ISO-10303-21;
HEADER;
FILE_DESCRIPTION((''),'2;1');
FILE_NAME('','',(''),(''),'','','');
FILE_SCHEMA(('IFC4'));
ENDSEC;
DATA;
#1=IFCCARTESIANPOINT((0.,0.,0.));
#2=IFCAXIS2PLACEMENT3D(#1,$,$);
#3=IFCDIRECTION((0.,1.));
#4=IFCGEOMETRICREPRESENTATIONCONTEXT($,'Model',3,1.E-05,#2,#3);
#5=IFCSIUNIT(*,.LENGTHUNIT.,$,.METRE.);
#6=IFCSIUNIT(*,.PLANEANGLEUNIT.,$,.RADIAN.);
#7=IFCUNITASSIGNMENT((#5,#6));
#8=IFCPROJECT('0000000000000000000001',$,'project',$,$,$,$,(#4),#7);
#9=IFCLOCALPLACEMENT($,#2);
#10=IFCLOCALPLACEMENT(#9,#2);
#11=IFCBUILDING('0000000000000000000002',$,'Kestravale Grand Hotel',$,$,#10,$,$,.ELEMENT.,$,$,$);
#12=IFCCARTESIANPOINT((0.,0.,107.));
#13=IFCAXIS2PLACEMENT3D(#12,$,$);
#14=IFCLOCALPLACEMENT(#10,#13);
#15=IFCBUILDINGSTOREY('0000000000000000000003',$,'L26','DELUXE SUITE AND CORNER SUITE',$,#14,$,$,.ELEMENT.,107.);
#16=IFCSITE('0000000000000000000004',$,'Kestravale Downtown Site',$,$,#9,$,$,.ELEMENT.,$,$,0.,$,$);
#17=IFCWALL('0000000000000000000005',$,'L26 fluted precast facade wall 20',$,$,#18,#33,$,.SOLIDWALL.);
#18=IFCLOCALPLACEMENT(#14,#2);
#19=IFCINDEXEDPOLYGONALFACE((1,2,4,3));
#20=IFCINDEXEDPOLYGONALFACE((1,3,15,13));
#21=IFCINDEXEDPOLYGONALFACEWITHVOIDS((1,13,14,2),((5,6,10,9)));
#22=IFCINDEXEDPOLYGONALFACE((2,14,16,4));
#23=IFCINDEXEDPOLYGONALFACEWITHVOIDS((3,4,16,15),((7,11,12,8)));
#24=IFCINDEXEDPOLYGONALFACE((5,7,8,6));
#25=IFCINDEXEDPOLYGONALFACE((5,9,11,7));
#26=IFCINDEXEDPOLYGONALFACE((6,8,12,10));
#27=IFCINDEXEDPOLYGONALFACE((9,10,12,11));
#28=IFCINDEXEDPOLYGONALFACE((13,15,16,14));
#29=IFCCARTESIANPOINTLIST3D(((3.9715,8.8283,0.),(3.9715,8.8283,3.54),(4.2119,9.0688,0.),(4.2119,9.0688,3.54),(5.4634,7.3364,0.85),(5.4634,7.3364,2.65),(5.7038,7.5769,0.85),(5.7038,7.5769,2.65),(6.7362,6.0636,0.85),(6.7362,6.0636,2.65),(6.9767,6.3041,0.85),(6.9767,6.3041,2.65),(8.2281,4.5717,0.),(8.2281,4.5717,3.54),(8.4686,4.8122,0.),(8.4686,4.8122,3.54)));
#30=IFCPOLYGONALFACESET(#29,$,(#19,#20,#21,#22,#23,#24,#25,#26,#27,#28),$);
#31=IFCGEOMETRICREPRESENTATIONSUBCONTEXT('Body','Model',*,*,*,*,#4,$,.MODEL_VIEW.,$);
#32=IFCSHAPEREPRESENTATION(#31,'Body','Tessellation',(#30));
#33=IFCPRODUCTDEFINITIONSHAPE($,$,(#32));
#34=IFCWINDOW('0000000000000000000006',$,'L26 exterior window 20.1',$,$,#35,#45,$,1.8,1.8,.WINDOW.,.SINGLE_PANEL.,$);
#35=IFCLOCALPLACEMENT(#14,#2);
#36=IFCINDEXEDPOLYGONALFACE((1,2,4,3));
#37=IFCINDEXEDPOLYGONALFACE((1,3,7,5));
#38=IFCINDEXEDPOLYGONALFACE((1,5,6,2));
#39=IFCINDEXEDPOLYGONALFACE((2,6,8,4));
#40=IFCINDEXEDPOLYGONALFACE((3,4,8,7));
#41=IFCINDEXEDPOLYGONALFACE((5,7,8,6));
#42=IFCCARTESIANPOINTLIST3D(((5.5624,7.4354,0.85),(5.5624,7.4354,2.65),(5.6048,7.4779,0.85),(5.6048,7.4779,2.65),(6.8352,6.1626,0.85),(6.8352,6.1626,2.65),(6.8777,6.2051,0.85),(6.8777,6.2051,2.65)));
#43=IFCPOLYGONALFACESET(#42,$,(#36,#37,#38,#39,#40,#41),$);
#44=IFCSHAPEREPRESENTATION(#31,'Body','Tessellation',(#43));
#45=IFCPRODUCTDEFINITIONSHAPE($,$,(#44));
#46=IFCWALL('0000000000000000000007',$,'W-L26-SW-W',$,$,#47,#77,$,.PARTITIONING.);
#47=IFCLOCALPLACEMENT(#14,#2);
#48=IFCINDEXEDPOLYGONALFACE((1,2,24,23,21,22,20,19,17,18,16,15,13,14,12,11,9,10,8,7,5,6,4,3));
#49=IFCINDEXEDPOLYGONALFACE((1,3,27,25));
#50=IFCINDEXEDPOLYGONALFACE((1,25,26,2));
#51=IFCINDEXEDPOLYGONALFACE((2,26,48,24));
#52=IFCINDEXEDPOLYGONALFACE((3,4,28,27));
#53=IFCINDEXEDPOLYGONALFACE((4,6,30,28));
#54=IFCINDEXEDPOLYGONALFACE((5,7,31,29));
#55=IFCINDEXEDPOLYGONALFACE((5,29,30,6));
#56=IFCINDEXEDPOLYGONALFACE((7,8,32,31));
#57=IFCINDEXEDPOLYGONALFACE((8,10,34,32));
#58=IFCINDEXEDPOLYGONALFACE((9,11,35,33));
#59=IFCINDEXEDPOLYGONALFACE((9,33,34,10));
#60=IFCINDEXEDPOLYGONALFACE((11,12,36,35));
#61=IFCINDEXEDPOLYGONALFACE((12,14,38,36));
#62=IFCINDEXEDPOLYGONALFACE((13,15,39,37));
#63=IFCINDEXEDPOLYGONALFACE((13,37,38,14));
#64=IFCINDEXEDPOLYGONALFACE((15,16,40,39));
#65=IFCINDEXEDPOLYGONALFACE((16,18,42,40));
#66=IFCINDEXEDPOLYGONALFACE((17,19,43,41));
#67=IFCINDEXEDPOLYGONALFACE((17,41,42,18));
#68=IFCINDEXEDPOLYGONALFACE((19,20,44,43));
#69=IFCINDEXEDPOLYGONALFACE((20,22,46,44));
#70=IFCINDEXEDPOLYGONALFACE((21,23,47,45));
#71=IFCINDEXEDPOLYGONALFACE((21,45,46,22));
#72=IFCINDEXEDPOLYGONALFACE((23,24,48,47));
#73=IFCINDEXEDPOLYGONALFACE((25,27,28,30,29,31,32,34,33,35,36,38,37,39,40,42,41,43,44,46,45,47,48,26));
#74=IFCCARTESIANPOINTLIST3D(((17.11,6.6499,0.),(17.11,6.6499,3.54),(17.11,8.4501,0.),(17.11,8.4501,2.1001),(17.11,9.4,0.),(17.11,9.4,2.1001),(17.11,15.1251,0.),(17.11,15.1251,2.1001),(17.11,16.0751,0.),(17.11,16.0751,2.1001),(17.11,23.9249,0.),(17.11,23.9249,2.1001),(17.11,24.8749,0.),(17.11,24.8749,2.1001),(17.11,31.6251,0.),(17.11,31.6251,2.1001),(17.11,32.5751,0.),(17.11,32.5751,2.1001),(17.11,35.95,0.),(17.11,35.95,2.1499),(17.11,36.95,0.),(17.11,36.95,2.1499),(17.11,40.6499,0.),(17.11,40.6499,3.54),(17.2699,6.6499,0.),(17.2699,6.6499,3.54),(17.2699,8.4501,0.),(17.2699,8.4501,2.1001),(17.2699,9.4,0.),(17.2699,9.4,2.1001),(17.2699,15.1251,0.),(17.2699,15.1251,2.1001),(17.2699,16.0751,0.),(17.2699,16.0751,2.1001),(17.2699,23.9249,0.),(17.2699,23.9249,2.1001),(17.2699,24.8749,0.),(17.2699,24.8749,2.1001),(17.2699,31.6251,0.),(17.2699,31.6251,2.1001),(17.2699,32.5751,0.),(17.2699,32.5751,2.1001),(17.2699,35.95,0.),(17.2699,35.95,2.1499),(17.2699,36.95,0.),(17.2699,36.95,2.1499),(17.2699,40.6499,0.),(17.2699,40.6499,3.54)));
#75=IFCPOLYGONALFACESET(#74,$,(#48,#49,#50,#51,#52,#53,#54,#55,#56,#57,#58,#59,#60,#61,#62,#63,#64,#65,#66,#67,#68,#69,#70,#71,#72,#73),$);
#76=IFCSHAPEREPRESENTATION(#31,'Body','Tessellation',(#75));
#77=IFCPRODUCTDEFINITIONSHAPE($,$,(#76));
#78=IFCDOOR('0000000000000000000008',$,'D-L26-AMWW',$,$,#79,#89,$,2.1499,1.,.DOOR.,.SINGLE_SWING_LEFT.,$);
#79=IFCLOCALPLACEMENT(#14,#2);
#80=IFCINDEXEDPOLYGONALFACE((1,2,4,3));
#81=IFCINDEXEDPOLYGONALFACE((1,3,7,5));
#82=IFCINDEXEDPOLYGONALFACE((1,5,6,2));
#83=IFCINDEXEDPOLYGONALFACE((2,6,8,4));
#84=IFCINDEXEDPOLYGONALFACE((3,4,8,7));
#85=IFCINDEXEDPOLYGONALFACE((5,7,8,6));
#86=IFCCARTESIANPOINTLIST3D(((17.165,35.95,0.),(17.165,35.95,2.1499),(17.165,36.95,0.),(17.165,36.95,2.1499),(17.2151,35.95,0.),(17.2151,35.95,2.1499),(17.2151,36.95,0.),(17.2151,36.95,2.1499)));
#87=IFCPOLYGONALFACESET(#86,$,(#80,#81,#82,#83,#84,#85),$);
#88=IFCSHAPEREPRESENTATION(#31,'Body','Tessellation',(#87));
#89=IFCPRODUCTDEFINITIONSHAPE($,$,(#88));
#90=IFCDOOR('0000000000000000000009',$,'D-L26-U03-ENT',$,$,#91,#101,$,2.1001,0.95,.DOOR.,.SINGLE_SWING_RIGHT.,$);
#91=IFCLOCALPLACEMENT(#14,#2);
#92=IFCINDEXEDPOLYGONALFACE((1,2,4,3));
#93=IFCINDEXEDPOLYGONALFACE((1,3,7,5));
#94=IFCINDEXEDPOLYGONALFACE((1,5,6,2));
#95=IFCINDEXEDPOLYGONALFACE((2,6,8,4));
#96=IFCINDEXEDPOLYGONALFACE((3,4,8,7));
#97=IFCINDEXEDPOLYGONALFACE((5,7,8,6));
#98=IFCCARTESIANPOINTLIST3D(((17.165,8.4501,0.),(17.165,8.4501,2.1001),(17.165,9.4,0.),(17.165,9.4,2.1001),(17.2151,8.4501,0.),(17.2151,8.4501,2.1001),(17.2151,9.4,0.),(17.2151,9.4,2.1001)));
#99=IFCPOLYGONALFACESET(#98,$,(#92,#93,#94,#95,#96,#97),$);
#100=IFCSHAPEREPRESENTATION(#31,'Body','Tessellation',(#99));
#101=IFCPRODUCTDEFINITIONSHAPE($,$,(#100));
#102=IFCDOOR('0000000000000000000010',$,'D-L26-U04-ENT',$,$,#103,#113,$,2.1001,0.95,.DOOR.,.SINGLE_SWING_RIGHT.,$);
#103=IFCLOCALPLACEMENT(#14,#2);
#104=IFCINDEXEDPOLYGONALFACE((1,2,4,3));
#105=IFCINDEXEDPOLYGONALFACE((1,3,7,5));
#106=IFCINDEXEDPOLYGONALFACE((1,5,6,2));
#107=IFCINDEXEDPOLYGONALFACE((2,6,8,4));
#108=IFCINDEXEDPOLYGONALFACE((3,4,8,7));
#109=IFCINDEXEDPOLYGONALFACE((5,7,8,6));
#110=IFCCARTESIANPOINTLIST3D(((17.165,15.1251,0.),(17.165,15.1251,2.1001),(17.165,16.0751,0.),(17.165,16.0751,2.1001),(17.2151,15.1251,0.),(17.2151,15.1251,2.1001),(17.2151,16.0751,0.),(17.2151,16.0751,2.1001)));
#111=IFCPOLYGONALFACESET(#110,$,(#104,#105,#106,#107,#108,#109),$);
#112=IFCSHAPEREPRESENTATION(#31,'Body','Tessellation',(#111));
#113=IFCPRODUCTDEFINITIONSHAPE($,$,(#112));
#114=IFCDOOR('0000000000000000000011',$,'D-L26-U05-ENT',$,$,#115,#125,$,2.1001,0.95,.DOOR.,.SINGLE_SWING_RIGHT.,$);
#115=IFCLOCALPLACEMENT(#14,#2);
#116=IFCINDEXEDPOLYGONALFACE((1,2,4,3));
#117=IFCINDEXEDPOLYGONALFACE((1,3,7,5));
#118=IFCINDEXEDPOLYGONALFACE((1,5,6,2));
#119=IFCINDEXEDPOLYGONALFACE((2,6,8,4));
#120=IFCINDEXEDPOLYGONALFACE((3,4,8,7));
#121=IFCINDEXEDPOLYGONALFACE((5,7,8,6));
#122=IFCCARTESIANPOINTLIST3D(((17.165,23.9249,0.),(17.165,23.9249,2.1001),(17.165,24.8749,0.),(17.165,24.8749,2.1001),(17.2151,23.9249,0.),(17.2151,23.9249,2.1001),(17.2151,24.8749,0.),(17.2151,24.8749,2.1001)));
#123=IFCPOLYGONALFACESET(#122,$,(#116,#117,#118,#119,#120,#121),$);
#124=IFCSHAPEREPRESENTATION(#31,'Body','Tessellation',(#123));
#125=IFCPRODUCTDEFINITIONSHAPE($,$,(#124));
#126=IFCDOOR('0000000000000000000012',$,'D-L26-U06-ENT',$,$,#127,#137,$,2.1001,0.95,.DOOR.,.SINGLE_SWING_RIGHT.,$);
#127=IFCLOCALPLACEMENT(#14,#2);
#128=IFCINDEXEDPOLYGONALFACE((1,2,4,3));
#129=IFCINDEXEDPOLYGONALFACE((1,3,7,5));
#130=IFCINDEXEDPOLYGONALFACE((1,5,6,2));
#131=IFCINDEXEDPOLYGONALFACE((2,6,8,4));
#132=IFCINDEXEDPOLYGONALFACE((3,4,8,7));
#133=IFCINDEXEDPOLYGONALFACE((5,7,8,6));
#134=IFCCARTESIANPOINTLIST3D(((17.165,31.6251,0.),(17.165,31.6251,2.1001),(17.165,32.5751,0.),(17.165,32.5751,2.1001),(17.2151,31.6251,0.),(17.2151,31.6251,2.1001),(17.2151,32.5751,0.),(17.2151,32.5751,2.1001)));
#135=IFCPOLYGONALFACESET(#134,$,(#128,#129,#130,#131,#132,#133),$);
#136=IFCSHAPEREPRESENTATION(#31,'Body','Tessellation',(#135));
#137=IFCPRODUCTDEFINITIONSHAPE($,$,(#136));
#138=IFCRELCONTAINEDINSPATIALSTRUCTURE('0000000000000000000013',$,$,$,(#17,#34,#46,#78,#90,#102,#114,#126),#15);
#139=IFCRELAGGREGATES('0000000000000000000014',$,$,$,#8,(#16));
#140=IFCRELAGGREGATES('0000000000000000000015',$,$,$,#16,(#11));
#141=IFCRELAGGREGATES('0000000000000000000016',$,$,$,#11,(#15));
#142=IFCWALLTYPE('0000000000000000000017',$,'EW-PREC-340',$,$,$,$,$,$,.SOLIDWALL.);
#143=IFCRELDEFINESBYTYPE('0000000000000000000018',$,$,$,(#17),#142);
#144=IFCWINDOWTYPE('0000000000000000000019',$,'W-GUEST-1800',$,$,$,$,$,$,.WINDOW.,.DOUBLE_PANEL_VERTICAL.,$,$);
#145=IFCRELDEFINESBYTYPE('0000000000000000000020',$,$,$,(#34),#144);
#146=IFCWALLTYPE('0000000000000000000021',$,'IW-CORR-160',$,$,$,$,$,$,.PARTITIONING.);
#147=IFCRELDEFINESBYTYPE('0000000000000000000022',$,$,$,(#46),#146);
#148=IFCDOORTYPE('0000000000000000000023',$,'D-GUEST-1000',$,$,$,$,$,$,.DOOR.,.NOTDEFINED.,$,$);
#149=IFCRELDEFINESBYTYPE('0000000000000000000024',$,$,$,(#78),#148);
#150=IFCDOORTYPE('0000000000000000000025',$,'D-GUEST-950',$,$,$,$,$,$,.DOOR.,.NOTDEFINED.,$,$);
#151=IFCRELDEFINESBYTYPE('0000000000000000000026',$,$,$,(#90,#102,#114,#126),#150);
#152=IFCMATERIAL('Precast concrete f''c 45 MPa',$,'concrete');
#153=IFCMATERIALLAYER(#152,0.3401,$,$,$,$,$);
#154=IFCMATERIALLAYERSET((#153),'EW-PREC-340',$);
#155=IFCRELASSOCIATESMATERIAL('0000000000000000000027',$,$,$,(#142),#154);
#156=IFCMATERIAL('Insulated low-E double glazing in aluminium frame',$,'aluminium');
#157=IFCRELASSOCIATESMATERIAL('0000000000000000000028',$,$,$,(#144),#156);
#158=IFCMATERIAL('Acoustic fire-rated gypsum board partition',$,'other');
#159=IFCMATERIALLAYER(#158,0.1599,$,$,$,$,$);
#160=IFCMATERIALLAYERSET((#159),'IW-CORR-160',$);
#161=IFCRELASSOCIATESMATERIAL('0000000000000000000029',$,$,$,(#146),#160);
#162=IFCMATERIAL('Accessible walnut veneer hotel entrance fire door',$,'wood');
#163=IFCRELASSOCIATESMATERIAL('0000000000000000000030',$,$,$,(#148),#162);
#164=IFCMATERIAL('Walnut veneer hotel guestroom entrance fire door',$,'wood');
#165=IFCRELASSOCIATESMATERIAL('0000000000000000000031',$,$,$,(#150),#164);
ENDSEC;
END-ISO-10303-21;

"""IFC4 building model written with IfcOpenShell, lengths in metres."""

from ifc_helpers import new_model, si_unit, direction, frame, frame_2d, origin, place, context, subcontext, project, spatial, rectangle, extrude, material, layer, layer_set, type_object, element, fill, save


model = new_model("IFC4")

# Units and contexts
model_context = context("Model", 3, precision=1e-05, world=origin(), true_north=direction((0.0, 1.0)))
body_context = subcontext(model_context, "Body", "Model", "MODEL_VIEW")
ifc_project = project(units=[si_unit("LENGTHUNIT", "METRE"), si_unit("PLANEANGLEUNIT", "RADIAN")], contexts=[model_context])

# Site, building, storey
site_placement = place(None, origin())
site = spatial("IfcSite", under=ifc_project, at=site_placement, Name="Kestravale Downtown Site", CompositionType="ELEMENT", RefElevation=0.0)
building_placement = place(site_placement, origin())
building = spatial("IfcBuilding", under=site, at=building_placement, Name="Kestravale Grand Hotel", CompositionType="ELEMENT")
storey_placement = place(building_placement, frame((0.0, 0.0, 107.0)))
storey = spatial("IfcBuildingStorey", under=building, at=storey_placement, Name="L26", Description="DELUXE SUITE AND CORNER SUITE", CompositionType="ELEMENT", Elevation=107.0)

# Wall, opening, window
ifc_material_1 = material(Name="Precast concrete f'c 45 MPa", Category="concrete")
ifc_layer_1 = layer(ifc_material_1, 0.3401)
ifc_layer_set_1 = layer_set([ifc_layer_1], Name="EW-PREC-340")
wall_type_1 = type_object("IfcWallType", Name="EW-PREC-340", PredefinedType="SOLIDWALL", material=ifc_layer_set_1)
ifc_material_2 = material(Name="Insulated low-E double glazing in aluminium frame", Category="aluminium")
window_type = type_object("IfcWindowType", Name="W-GUEST-1800", PartitioningType="DOUBLE_PANEL_VERTICAL", PredefinedType="WINDOW", material=ifc_material_2)
wall_1_placement = place(storey_placement, frame((4.0918, 8.9485, 0.0), z_axis=(0.0, 0.0, 1.0), x_axis=(0.707107, -0.707107, 0.0)))
wall_1 = element("IfcWall", 1, at=wall_1_placement, inside=storey, type_object=wall_type_1, Name="L26 fluted precast facade wall 20", PredefinedType="SOLIDWALL", context=body_context, shape_type="SweptSolid", body=[
    extrude(rectangle(XDim=6.0198, YDim=0.3401, at=frame_2d((3.0098, 0.0))), origin(), (0.0, 0.0, 1.0), 3.54),
])
opening_1_placement = place(wall_1_placement, frame((2.1099, 0.0, 0.8501)))
opening_1 = element("IfcOpeningElement", 2, at=opening_1_placement, cuts=wall_1, PredefinedType="OPENING", context=body_context, shape_type="SweptSolid", body=[
    extrude(rectangle(XDim=1.8, YDim=1.8, at=frame_2d((0.8999, 0.8999))), frame((0.0, 0.1799, 0.0), z_axis=(0.0, -1.0, 0.0), x_axis=(1.0, 0.0, 0.0)), (0.0, 0.0, 1.0), 0.3601),
])
window_1_placement = place(opening_1_placement, origin())
window_1 = element("IfcWindow", 3, at=window_1_placement, inside=storey, type_object=window_type, Name="L26 exterior window 20.1", OverallHeight=1.8, OverallWidth=1.8, PartitioningType="SINGLE_PANEL", PredefinedType="WINDOW", context=body_context, shape_type="SweptSolid", body=[
    extrude(rectangle(XDim=1.8, YDim=1.8, at=frame_2d((0.8999, 0.8999))), frame((0.0, 0.03, 0.0), z_axis=(0.0, -1.0, 0.0), x_axis=(1.0, 0.0, 0.0)), (0.0, 0.0, 1.0), 0.0601),
])
fill(opening_1, window_1)

# Wall, openings, doors
ifc_material_3 = material(Name="Acoustic fire-rated gypsum board partition", Category="other")
ifc_layer_2 = layer(ifc_material_3, 0.1599)
ifc_layer_set_2 = layer_set([ifc_layer_2], Name="IW-CORR-160")
wall_type_2 = type_object("IfcWallType", Name="IW-CORR-160", PredefinedType="PARTITIONING", material=ifc_layer_set_2)
wall_2_placement = place(storey_placement, frame((17.1899, 6.6499, 0.0), z_axis=(0.0, 0.0, 1.0), x_axis=(0.0, 1.0, 0.0)))
wall_2 = element("IfcWall", 4, at=wall_2_placement, inside=storey, type_object=wall_type_2, Name="W-L26-SW-W", PredefinedType="PARTITIONING", context=body_context, shape_type="SweptSolid", body=[
    extrude(rectangle(XDim=34.0, YDim=0.1599, at=frame_2d((17.0, 0.0))), origin(), (0.0, 0.0, 1.0), 3.54),
])
opening_2_placement = place(wall_2_placement, frame((1.8, 0.0, 0.0)))
opening_2 = element("IfcOpeningElement", 5, at=opening_2_placement, cuts=wall_2, PredefinedType="OPENING", context=body_context, shape_type="SweptSolid", body=[
    extrude(rectangle(XDim=0.95, YDim=2.1001, at=frame_2d((0.4751, 1.05))), frame((0.0, 0.0898, 0.0), z_axis=(0.0, -1.0, 0.0), x_axis=(1.0, 0.0, 0.0)), (0.0, 0.0, 1.0), 0.1799),
])
opening_3_placement = place(wall_2_placement, frame((8.4751, 0.0, 0.0)))
opening_3 = element("IfcOpeningElement", 6, at=opening_3_placement, cuts=wall_2, PredefinedType="OPENING", context=body_context, shape_type="SweptSolid", body=[
    extrude(rectangle(XDim=0.95, YDim=2.1001, at=frame_2d((0.4751, 1.05))), frame((0.0, 0.0898, 0.0), z_axis=(0.0, -1.0, 0.0), x_axis=(1.0, 0.0, 0.0)), (0.0, 0.0, 1.0), 0.1799),
])
opening_4_placement = place(wall_2_placement, frame((17.2749, 0.0, 0.0)))
opening_4 = element("IfcOpeningElement", 7, at=opening_4_placement, cuts=wall_2, PredefinedType="OPENING", context=body_context, shape_type="SweptSolid", body=[
    extrude(rectangle(XDim=0.95, YDim=2.1001, at=frame_2d((0.4751, 1.05))), frame((0.0, 0.0898, 0.0), z_axis=(0.0, -1.0, 0.0), x_axis=(1.0, 0.0, 0.0)), (0.0, 0.0, 1.0), 0.1799),
])
opening_5_placement = place(wall_2_placement, frame((24.9751, 0.0, 0.0)))
opening_5 = element("IfcOpeningElement", 8, at=opening_5_placement, cuts=wall_2, PredefinedType="OPENING", context=body_context, shape_type="SweptSolid", body=[
    extrude(rectangle(XDim=0.95, YDim=2.1001, at=frame_2d((0.4751, 1.05))), frame((0.0, 0.0898, 0.0), z_axis=(0.0, -1.0, 0.0), x_axis=(1.0, 0.0, 0.0)), (0.0, 0.0, 1.0), 0.1799),
])
opening_6_placement = place(wall_2_placement, frame((29.3, 0.0, 0.0)))
opening_6 = element("IfcOpeningElement", 9, at=opening_6_placement, cuts=wall_2, PredefinedType="OPENING", context=body_context, shape_type="SweptSolid", body=[
    extrude(rectangle(XDim=1.0, YDim=2.1499, at=frame_2d((0.5, 1.075))), frame((0.0, 0.0898, 0.0), z_axis=(0.0, -1.0, 0.0), x_axis=(1.0, 0.0, 0.0)), (0.0, 0.0, 1.0), 0.1799),
])
ifc_material_4 = material(Name="Accessible walnut veneer hotel entrance fire door", Category="wood")
door_type_1 = type_object("IfcDoorType", Name="D-GUEST-1000", OperationType="NOTDEFINED", PredefinedType="DOOR", material=ifc_material_4)
door_1_placement = place(opening_6_placement, origin())
door_1 = element("IfcDoor", 10, at=door_1_placement, inside=storey, type_object=door_type_1, Name="D-L26-AMWW", OperationType="SINGLE_SWING_LEFT", OverallHeight=2.1499, OverallWidth=1.0, PredefinedType="DOOR", context=body_context, shape_type="SweptSolid", body=[
    extrude(rectangle(XDim=1.0, YDim=2.1499, at=frame_2d((0.5, 1.075))), frame((0.0, 0.0249, 0.0), z_axis=(0.0, -1.0, 0.0), x_axis=(1.0, 0.0, 0.0)), (0.0, 0.0, 1.0), 0.05),
])
fill(opening_6, door_1)
ifc_material_5 = material(Name="Walnut veneer hotel guestroom entrance fire door", Category="wood")
door_type_2 = type_object("IfcDoorType", Name="D-GUEST-950", OperationType="NOTDEFINED", PredefinedType="DOOR", material=ifc_material_5)
door_2_placement = place(opening_2_placement, origin())
door_2 = element("IfcDoor", 11, at=door_2_placement, inside=storey, type_object=door_type_2, Name="D-L26-U03-ENT", OperationType="SINGLE_SWING_RIGHT", OverallHeight=2.1001, OverallWidth=0.95, PredefinedType="DOOR", context=body_context, shape_type="SweptSolid", body=[
    extrude(rectangle(XDim=0.95, YDim=2.1001, at=frame_2d((0.4751, 1.05))), frame((0.0, 0.0249, 0.0), z_axis=(0.0, -1.0, 0.0), x_axis=(1.0, 0.0, 0.0)), (0.0, 0.0, 1.0), 0.05),
])
fill(opening_2, door_2)
door_3_placement = place(opening_3_placement, origin())
door_3 = element("IfcDoor", 12, at=door_3_placement, inside=storey, type_object=door_type_2, Name="D-L26-U04-ENT", OperationType="SINGLE_SWING_RIGHT", OverallHeight=2.1001, OverallWidth=0.95, PredefinedType="DOOR", context=body_context, shape_type="SweptSolid", body=[
    extrude(rectangle(XDim=0.95, YDim=2.1001, at=frame_2d((0.4751, 1.05))), frame((0.0, 0.0249, 0.0), z_axis=(0.0, -1.0, 0.0), x_axis=(1.0, 0.0, 0.0)), (0.0, 0.0, 1.0), 0.05),
])
fill(opening_3, door_3)
door_4_placement = place(opening_4_placement, origin())
door_4 = element("IfcDoor", 13, at=door_4_placement, inside=storey, type_object=door_type_2, Name="D-L26-U05-ENT", OperationType="SINGLE_SWING_RIGHT", OverallHeight=2.1001, OverallWidth=0.95, PredefinedType="DOOR", context=body_context, shape_type="SweptSolid", body=[
    extrude(rectangle(XDim=0.95, YDim=2.1001, at=frame_2d((0.4751, 1.05))), frame((0.0, 0.0249, 0.0), z_axis=(0.0, -1.0, 0.0), x_axis=(1.0, 0.0, 0.0)), (0.0, 0.0, 1.0), 0.05),
])
fill(opening_4, door_4)
door_5_placement = place(opening_5_placement, origin())
door_5 = element("IfcDoor", 14, at=door_5_placement, inside=storey, type_object=door_type_2, Name="D-L26-U06-ENT", OperationType="SINGLE_SWING_RIGHT", OverallHeight=2.1001, OverallWidth=0.95, PredefinedType="DOOR", context=body_context, shape_type="SweptSolid", body=[
    extrude(rectangle(XDim=0.95, YDim=2.1001, at=frame_2d((0.4751, 1.05))), frame((0.0, 0.0249, 0.0), z_axis=(0.0, -1.0, 0.0), x_axis=(1.0, 0.0, 0.0)), (0.0, 0.0, 1.0), 0.05),
])
fill(opening_5, door_5)

save(model, "model.ifc")
